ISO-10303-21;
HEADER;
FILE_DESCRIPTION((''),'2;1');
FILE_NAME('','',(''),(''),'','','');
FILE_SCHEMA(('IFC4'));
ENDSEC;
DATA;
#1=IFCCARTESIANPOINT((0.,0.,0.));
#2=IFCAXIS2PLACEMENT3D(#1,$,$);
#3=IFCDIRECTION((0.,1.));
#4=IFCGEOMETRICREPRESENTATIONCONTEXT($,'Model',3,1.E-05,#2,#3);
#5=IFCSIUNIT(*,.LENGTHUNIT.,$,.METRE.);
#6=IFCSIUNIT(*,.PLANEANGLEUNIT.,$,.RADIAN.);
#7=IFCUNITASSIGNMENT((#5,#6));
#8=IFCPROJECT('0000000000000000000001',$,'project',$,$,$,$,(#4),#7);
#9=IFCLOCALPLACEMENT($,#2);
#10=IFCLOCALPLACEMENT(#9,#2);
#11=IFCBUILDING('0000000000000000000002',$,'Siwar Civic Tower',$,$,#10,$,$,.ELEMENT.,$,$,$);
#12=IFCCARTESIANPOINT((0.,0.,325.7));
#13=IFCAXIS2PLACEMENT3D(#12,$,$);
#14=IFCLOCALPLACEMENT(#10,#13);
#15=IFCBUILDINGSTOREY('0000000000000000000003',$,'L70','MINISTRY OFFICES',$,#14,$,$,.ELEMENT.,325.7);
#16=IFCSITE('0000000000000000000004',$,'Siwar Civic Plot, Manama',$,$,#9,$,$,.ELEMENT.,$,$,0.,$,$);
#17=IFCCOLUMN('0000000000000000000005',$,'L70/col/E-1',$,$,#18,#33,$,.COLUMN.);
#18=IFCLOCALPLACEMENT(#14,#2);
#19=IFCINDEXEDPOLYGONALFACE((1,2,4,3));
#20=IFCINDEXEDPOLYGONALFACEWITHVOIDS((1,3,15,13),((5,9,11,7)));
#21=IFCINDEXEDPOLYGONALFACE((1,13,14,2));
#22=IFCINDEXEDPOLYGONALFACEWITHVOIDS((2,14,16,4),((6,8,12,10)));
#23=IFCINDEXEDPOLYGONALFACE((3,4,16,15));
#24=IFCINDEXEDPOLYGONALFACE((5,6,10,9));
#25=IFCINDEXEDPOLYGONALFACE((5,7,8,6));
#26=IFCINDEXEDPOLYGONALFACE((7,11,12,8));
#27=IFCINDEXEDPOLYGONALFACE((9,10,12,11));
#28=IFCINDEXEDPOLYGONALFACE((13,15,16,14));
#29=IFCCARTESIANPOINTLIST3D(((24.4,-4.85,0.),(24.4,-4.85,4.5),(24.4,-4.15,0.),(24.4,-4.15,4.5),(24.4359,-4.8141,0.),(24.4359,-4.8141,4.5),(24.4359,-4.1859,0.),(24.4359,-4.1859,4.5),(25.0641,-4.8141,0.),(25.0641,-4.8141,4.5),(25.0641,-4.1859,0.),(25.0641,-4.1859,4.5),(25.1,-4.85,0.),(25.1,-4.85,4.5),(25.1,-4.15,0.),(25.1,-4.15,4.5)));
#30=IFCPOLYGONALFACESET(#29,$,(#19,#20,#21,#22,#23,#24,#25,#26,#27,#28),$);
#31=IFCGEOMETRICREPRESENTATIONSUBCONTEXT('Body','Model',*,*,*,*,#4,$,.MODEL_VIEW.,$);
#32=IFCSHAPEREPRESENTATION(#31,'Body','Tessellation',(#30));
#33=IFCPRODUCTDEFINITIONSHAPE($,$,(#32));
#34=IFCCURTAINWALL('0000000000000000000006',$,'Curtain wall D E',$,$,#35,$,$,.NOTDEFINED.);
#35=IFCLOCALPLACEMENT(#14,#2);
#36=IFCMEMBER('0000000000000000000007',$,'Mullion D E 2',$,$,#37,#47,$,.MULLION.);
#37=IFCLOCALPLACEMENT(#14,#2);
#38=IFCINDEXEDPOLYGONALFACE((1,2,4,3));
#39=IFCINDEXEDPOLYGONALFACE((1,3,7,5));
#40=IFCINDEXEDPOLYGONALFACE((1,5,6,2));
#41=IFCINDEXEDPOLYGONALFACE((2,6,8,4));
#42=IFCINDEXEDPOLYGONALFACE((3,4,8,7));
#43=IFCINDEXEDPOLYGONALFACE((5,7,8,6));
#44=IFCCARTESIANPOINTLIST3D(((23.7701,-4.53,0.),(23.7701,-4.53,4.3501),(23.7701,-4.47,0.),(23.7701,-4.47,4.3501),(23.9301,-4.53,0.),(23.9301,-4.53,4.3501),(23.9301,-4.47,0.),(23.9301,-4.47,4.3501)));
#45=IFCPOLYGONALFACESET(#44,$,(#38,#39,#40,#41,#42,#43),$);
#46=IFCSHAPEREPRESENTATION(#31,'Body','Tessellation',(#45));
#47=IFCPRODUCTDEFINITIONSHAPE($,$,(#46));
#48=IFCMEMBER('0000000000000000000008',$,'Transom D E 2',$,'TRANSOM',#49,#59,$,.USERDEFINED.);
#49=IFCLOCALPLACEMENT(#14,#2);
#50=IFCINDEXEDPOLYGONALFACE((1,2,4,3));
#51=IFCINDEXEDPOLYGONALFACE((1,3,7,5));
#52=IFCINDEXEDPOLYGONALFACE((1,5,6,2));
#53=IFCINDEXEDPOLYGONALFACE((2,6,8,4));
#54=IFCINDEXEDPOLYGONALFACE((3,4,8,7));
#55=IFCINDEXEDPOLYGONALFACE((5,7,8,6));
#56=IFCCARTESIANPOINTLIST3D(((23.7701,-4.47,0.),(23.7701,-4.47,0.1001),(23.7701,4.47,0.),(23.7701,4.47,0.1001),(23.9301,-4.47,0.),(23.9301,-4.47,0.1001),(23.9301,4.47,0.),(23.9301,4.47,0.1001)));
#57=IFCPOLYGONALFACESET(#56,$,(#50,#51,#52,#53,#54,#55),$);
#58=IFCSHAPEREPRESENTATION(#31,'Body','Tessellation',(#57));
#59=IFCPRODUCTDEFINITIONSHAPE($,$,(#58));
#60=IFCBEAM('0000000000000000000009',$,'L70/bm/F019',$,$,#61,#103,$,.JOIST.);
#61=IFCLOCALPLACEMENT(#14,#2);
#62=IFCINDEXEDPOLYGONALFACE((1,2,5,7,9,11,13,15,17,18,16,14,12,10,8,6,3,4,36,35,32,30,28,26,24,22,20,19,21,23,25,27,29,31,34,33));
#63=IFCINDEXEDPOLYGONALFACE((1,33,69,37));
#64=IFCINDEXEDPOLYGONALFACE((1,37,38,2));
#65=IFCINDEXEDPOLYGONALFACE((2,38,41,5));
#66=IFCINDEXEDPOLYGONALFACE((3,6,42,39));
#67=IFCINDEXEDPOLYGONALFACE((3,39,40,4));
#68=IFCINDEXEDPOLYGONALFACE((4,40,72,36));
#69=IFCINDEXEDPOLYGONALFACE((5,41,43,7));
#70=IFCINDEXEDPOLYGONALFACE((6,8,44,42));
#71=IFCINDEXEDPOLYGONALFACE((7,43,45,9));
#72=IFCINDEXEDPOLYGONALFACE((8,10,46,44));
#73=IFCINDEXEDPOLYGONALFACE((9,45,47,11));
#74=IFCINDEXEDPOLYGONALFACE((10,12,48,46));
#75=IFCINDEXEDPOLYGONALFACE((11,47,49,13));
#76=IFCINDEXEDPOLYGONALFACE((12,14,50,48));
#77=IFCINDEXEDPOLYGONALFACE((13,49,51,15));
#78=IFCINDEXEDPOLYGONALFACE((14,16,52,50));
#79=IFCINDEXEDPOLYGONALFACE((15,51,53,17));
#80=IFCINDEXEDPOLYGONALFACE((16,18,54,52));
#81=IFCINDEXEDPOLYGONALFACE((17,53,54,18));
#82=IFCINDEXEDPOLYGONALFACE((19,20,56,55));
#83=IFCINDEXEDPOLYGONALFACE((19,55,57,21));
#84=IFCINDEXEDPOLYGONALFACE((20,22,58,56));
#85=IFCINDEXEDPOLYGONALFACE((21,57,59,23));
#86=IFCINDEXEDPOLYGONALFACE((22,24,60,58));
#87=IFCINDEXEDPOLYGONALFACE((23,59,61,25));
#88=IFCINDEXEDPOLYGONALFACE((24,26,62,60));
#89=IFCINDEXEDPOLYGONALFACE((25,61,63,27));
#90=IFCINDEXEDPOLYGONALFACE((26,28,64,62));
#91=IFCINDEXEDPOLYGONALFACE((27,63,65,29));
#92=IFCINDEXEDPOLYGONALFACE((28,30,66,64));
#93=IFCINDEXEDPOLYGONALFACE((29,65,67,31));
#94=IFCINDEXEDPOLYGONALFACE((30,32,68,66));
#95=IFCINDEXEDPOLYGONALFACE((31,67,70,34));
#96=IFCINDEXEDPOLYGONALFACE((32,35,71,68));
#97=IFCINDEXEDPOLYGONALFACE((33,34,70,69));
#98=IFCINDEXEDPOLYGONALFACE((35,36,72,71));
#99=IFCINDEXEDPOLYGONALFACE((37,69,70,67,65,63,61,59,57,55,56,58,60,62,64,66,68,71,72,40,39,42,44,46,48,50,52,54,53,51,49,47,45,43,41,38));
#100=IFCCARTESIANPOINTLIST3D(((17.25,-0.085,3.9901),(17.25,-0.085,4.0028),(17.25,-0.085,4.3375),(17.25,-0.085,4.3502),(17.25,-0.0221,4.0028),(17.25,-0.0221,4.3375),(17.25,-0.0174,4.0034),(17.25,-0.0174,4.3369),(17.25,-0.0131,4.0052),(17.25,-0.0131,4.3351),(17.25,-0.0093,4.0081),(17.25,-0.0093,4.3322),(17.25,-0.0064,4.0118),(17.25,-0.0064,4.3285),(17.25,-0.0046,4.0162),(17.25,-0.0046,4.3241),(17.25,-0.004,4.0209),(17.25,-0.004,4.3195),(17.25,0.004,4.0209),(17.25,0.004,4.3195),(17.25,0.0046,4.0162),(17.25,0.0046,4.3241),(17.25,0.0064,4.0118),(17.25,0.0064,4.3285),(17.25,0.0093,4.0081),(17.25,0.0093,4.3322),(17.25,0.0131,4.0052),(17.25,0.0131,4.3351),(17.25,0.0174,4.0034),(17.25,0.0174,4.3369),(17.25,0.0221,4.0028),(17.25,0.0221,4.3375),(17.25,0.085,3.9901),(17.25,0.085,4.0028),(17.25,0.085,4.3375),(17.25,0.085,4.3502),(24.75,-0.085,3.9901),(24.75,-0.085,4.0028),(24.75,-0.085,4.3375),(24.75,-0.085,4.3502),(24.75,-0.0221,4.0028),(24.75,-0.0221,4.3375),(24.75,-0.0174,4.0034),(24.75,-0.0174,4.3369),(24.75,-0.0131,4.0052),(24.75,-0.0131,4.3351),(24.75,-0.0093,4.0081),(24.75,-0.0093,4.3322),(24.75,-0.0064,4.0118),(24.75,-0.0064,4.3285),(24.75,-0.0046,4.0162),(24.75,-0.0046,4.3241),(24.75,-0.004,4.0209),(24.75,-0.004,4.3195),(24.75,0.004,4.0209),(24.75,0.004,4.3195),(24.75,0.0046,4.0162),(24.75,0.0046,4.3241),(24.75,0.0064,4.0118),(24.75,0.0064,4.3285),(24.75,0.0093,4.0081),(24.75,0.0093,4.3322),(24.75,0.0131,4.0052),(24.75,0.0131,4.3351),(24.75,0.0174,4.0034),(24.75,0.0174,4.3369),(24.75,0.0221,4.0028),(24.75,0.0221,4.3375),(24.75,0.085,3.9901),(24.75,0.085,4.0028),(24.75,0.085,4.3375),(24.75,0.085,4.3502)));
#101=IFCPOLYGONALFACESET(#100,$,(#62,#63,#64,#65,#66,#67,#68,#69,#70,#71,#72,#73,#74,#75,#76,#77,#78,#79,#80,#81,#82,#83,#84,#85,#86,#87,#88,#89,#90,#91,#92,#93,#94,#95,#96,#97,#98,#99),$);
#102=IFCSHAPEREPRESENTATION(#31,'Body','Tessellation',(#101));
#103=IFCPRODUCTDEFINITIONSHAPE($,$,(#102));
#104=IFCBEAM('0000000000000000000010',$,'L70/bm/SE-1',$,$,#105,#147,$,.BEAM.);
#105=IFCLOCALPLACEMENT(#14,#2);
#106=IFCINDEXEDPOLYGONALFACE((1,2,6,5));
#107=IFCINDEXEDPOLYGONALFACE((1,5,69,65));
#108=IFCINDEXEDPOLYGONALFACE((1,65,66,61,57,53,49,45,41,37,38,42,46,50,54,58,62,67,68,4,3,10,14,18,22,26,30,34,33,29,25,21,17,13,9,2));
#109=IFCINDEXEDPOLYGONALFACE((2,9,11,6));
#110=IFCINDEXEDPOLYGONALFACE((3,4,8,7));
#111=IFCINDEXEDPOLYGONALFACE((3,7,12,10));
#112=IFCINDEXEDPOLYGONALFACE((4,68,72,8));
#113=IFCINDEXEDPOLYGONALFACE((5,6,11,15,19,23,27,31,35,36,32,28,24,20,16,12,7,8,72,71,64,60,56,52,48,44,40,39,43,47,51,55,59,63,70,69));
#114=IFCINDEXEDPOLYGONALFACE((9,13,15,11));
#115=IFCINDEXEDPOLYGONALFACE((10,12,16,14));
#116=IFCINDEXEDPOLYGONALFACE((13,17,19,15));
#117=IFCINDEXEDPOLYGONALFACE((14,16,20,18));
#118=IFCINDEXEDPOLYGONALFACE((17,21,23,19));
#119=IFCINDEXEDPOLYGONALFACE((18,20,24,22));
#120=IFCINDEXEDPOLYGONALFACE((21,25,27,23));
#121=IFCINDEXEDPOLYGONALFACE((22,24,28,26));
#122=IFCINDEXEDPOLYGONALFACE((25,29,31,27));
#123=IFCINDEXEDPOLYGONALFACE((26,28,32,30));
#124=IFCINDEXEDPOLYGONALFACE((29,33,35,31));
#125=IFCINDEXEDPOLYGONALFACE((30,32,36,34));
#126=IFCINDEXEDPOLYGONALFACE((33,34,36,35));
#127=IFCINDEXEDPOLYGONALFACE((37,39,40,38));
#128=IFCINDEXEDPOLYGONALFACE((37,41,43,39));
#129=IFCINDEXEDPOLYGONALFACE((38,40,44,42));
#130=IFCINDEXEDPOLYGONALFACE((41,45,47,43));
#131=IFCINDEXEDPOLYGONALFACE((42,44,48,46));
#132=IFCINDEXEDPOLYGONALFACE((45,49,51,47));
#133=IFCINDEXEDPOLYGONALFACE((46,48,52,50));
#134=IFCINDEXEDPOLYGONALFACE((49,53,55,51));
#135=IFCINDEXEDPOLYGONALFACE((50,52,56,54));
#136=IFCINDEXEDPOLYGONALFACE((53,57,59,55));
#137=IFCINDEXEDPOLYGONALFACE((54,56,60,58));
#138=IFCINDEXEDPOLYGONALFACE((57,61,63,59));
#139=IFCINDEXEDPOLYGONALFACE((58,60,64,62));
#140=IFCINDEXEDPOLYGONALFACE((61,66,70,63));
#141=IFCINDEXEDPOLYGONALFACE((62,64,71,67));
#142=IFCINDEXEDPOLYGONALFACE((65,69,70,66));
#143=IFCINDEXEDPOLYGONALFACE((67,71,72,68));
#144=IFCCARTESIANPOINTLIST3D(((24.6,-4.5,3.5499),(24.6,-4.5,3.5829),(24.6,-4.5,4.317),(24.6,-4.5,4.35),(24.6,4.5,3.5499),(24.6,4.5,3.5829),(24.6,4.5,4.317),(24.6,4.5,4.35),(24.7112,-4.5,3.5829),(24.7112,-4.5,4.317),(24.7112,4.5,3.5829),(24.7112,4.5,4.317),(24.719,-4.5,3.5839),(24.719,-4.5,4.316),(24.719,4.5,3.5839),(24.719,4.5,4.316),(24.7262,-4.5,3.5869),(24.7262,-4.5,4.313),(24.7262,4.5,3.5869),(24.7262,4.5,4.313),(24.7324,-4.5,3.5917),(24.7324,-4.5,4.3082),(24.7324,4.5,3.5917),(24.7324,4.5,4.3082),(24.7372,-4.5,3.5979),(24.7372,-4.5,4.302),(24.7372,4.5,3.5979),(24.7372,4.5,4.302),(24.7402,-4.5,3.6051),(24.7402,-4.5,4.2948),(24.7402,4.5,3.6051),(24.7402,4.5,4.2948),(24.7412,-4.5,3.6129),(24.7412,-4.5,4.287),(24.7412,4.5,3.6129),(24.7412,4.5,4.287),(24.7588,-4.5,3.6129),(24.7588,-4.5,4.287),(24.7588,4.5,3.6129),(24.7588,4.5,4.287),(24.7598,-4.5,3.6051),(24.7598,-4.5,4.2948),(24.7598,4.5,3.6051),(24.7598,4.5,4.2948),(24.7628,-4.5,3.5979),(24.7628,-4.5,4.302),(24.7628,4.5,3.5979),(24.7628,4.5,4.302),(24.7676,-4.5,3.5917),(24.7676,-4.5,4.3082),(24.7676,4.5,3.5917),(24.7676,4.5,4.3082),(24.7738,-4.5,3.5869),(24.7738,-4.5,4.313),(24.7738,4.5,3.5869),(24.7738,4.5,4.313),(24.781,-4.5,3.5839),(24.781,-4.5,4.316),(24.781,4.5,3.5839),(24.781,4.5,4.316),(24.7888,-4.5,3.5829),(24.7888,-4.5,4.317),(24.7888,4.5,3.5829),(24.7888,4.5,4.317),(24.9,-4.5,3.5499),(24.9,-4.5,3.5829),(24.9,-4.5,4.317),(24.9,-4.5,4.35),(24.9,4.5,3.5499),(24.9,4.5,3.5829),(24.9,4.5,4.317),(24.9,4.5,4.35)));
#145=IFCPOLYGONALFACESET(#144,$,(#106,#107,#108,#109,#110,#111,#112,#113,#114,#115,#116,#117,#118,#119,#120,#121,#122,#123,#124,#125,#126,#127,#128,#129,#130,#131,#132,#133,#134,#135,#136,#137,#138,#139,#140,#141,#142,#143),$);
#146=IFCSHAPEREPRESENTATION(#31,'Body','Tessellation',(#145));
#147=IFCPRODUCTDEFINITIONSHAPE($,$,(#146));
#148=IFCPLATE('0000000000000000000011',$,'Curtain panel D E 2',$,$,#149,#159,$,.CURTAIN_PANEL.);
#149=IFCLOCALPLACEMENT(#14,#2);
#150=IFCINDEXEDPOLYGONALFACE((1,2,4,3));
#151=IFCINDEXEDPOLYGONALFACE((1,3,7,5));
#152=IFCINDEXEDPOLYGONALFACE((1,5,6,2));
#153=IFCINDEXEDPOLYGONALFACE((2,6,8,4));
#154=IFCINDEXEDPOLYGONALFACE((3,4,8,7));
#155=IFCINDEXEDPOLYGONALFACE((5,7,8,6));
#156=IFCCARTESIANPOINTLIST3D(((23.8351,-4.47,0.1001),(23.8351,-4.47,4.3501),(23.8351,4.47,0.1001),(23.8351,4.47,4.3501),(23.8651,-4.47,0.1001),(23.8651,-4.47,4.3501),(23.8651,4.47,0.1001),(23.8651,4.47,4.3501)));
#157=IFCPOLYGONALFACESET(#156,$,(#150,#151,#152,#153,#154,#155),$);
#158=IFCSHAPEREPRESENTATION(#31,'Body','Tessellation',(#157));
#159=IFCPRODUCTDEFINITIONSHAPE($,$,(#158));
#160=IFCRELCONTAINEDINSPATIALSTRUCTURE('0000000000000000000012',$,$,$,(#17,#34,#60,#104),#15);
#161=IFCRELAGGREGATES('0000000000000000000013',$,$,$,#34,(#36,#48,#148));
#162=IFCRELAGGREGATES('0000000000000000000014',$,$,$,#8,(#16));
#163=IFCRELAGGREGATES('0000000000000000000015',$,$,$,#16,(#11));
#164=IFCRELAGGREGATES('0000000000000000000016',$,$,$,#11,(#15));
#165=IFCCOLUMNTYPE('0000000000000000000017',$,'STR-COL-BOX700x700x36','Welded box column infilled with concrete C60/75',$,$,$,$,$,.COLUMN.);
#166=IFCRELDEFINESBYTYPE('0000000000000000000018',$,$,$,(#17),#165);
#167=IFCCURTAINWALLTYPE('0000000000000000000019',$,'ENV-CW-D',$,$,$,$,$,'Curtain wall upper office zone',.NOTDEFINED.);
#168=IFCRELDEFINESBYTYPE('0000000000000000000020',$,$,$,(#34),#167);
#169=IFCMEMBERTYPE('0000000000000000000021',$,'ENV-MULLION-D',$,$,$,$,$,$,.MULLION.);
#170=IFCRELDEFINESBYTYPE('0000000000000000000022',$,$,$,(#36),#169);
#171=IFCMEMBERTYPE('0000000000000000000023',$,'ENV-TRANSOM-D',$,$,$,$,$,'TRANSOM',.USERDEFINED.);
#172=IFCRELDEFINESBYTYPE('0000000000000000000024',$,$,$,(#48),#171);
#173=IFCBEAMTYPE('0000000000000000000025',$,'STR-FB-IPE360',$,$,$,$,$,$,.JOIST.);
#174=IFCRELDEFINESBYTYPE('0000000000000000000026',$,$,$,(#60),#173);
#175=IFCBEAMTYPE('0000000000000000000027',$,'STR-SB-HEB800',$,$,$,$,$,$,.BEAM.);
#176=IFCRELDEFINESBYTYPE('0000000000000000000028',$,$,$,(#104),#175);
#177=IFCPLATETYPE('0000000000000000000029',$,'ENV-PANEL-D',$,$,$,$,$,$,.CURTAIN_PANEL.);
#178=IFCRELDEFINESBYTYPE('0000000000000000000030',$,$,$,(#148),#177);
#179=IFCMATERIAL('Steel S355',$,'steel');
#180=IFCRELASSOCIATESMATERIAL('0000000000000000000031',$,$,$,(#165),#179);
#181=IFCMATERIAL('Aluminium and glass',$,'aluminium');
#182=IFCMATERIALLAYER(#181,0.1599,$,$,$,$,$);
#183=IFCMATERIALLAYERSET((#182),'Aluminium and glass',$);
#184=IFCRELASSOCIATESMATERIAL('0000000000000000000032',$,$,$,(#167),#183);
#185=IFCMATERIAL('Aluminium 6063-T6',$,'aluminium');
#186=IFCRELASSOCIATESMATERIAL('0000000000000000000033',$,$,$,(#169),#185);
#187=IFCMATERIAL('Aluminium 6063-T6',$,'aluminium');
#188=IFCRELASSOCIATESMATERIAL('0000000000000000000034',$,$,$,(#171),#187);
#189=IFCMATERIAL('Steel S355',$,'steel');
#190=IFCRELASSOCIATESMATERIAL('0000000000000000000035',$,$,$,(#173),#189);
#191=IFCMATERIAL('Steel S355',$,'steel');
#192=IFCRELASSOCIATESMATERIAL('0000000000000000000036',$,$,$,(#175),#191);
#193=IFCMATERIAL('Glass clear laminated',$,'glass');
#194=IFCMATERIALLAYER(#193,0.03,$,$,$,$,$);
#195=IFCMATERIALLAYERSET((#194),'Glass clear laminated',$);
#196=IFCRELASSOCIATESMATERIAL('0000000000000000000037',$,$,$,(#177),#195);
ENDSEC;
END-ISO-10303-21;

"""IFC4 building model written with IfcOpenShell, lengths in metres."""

from ifc_helpers import new_model, si_unit, direction, frame, origin, origin_2d, place, context, subcontext, project, spatial, rectangle, hollow_rectangle, i_section, extrude, material, layer, layer_set, material_profile, profile_set, type_object, element, aggregate, save


model = new_model("IFC4")

# Units and contexts
model_context = context("Model", 3, precision=1e-05, world=origin(), true_north=direction((0.0, 1.0)))
body_context = subcontext(model_context, "Body", "Model", "MODEL_VIEW")
ifc_project = project(units=[si_unit("LENGTHUNIT", "METRE"), si_unit("PLANEANGLEUNIT", "RADIAN")], contexts=[model_context])

# Site, building, storey
site_placement = place(None, origin())
site = spatial("IfcSite", under=ifc_project, at=site_placement, Name="Siwar Civic Plot, Manama", CompositionType="ELEMENT", RefElevation=0.0)
building_placement = place(site_placement, origin())
building = spatial("IfcBuilding", under=site, at=building_placement, Name="Siwar Civic Tower", CompositionType="ELEMENT")
storey_placement = place(building_placement, frame((0.0, 0.0, 325.7)))
storey = spatial("IfcBuildingStorey", under=building, at=storey_placement, Name="L70", Description="MINISTRY OFFICES", CompositionType="ELEMENT", Elevation=325.7)

# Column
ifc_material_1 = material(Name="Steel S355", Category="steel")
ifc_material_profile_1 = material_profile(ifc_material_1, hollow_rectangle(XDim=0.7, YDim=0.7, WallThickness=0.0359, at=origin_2d()), Name="BOX700x700x36")
ifc_profile_set_1 = profile_set([ifc_material_profile_1], Name="Steel S355")
column_type = type_object("IfcColumnType", Name="STR-COL-BOX700x700x36", Description="Welded box column infilled with concrete C60/75", PredefinedType="COLUMN", material=ifc_profile_set_1)
column_placement = place(storey_placement, frame((24.75, -4.5, 0.0), z_axis=(0.0, 0.0, 1.0), x_axis=(1.0, 0.0, 0.0)))
element("IfcColumn", 1, at=column_placement, inside=storey, type_object=column_type, Name="L70/col/E-1", PredefinedType="COLUMN", context=body_context, shape_type="SweptSolid", body=[
    extrude(hollow_rectangle(XDim=0.7, YDim=0.7, WallThickness=0.0359, at=origin_2d()), origin(), (0.0, 0.0, 1.0), 4.5),
])

# Curtain wall, members
ifc_material_2 = material(Name="Aluminium and glass", Category="aluminium")
ifc_layer_1 = layer(ifc_material_2, 0.1599)
ifc_layer_set_1 = layer_set([ifc_layer_1], Name="Aluminium and glass")
curtain_wall_type = type_object("IfcCurtainWallType", Name="ENV-CW-D", ElementType="Curtain wall upper office zone", PredefinedType="NOTDEFINED", material=ifc_layer_set_1)
curtain_wall_placement = place(storey_placement, origin())
curtain_wall = element("IfcCurtainWall", 2, at=curtain_wall_placement, inside=storey, type_object=curtain_wall_type, Name="Curtain wall D E", PredefinedType="NOTDEFINED")
ifc_material_3 = material(Name="Aluminium 6063-T6", Category="aluminium")
ifc_material_profile_2 = material_profile(ifc_material_3, rectangle(XDim=0.1599, YDim=0.0601, at=origin_2d()), Name="AL 160x60")
ifc_profile_set_2 = profile_set([ifc_material_profile_2], Name="Aluminium 6063-T6")
member_type_1 = type_object("IfcMemberType", Name="ENV-MULLION-D", PredefinedType="MULLION", material=ifc_profile_set_2)
member_1_placement = place(storey_placement, frame((23.8501, -4.5, 0.0), z_axis=(0.0, 0.0, 1.0), x_axis=(-1.0, 0.0, 0.0)))
member_1 = element("IfcMember", 3, at=member_1_placement, type_object=member_type_1, Name="Mullion D E 2", PredefinedType="MULLION", context=body_context, shape_type="SweptSolid", body=[
    extrude(rectangle(XDim=0.1599, YDim=0.0601, at=origin_2d()), origin(), (0.0, 0.0, 1.0), 4.3501),
])
ifc_material_4 = material(Name="Aluminium 6063-T6", Category="aluminium")
ifc_material_profile_3 = material_profile(ifc_material_4, rectangle(XDim=0.1599, YDim=0.1001, at=origin_2d()), Name="AL 160x100")
ifc_profile_set_3 = profile_set([ifc_material_profile_3], Name="Aluminium 6063-T6")
member_type_2 = type_object("IfcMemberType", Name="ENV-TRANSOM-D", ElementType="TRANSOM", PredefinedType="USERDEFINED", material=ifc_profile_set_3)
member_2_placement = place(storey_placement, frame((23.8501, -4.47, 0.05), z_axis=(0.0, 1.0, 0.0), x_axis=(-1.0, 0.0, 0.0)))
member_2 = element("IfcMember", 4, at=member_2_placement, type_object=member_type_2, Name="Transom D E 2", ObjectType="TRANSOM", PredefinedType="USERDEFINED", context=body_context, shape_type="SweptSolid", body=[
    extrude(rectangle(XDim=0.1599, YDim=0.1001, at=origin_2d()), origin(), (0.0, 0.0, 1.0), 8.9399),
])

# Beams
ifc_material_5 = material(Name="Steel S355", Category="steel")
ifc_material_profile_4 = material_profile(ifc_material_5, i_section(OverallWidth=0.1699, OverallDepth=0.3601, WebThickness=0.0081, FlangeThickness=0.0127, FilletRadius=0.0181, at=origin_2d()), Name="IPE360")
ifc_profile_set_4 = profile_set([ifc_material_profile_4], Name="Steel S355")
beam_type_1 = type_object("IfcBeamType", Name="STR-FB-IPE360", PredefinedType="JOIST", material=ifc_profile_set_4)
beam_1_placement = place(storey_placement, frame((17.25, 0.0, 4.1702), z_axis=(1.0, 0.0, 0.0), x_axis=(0.0, 1.0, 0.0)))
element("IfcBeam", 5, at=beam_1_placement, inside=storey, type_object=beam_type_1, Name="L70/bm/F019", PredefinedType="JOIST", context=body_context, shape_type="SweptSolid", body=[
    extrude(i_section(OverallWidth=0.1699, OverallDepth=0.3601, WebThickness=0.0081, FlangeThickness=0.0127, FilletRadius=0.0181, at=origin_2d()), origin(), (0.0, 0.0, 1.0), 7.5),
])
ifc_material_6 = material(Name="Steel S355", Category="steel")
ifc_material_profile_5 = material_profile(ifc_material_6, i_section(OverallWidth=0.3, OverallDepth=0.8, WebThickness=0.0176, FlangeThickness=0.033, FilletRadius=0.03, at=origin_2d()), Name="HEB800")
ifc_profile_set_5 = profile_set([ifc_material_profile_5], Name="Steel S355")
beam_type_2 = type_object("IfcBeamType", Name="STR-SB-HEB800", PredefinedType="BEAM", material=ifc_profile_set_5)
beam_2_placement = place(storey_placement, frame((24.75, -4.5, 3.95), z_axis=(0.0, 1.0, 0.0), x_axis=(-1.0, 0.0, 0.0)))
element("IfcBeam", 6, at=beam_2_placement, inside=storey, type_object=beam_type_2, Name="L70/bm/SE-1", PredefinedType="BEAM", context=body_context, shape_type="SweptSolid", body=[
    extrude(i_section(OverallWidth=0.3, OverallDepth=0.8, WebThickness=0.0176, FlangeThickness=0.033, FilletRadius=0.03, at=origin_2d()), origin(), (0.0, 0.0, 1.0), 9.0),
])

# Plate
ifc_material_7 = material(Name="Glass clear laminated", Category="glass")
ifc_layer_2 = layer(ifc_material_7, 0.03)
ifc_layer_set_2 = layer_set([ifc_layer_2], Name="Glass clear laminated")
plate_type = type_object("IfcPlateType", Name="ENV-PANEL-D", PredefinedType="CURTAIN_PANEL", material=ifc_layer_set_2)
plate_placement = place(storey_placement, frame((23.8501, 0.0, 0.1001), z_axis=(0.0, 0.0, 1.0), x_axis=(0.0, 1.0, 0.0)))
plate = element("IfcPlate", 7, at=plate_placement, type_object=plate_type, Name="Curtain panel D E 2", PredefinedType="CURTAIN_PANEL", context=body_context, shape_type="SweptSolid", body=[
    extrude(rectangle(XDim=8.9399, YDim=0.03, at=origin_2d()), origin(), (0.0, 0.0, 1.0), 4.25),
])
aggregate(curtain_wall, [member_1, member_2, plate])

save(model, "model.ifc")
